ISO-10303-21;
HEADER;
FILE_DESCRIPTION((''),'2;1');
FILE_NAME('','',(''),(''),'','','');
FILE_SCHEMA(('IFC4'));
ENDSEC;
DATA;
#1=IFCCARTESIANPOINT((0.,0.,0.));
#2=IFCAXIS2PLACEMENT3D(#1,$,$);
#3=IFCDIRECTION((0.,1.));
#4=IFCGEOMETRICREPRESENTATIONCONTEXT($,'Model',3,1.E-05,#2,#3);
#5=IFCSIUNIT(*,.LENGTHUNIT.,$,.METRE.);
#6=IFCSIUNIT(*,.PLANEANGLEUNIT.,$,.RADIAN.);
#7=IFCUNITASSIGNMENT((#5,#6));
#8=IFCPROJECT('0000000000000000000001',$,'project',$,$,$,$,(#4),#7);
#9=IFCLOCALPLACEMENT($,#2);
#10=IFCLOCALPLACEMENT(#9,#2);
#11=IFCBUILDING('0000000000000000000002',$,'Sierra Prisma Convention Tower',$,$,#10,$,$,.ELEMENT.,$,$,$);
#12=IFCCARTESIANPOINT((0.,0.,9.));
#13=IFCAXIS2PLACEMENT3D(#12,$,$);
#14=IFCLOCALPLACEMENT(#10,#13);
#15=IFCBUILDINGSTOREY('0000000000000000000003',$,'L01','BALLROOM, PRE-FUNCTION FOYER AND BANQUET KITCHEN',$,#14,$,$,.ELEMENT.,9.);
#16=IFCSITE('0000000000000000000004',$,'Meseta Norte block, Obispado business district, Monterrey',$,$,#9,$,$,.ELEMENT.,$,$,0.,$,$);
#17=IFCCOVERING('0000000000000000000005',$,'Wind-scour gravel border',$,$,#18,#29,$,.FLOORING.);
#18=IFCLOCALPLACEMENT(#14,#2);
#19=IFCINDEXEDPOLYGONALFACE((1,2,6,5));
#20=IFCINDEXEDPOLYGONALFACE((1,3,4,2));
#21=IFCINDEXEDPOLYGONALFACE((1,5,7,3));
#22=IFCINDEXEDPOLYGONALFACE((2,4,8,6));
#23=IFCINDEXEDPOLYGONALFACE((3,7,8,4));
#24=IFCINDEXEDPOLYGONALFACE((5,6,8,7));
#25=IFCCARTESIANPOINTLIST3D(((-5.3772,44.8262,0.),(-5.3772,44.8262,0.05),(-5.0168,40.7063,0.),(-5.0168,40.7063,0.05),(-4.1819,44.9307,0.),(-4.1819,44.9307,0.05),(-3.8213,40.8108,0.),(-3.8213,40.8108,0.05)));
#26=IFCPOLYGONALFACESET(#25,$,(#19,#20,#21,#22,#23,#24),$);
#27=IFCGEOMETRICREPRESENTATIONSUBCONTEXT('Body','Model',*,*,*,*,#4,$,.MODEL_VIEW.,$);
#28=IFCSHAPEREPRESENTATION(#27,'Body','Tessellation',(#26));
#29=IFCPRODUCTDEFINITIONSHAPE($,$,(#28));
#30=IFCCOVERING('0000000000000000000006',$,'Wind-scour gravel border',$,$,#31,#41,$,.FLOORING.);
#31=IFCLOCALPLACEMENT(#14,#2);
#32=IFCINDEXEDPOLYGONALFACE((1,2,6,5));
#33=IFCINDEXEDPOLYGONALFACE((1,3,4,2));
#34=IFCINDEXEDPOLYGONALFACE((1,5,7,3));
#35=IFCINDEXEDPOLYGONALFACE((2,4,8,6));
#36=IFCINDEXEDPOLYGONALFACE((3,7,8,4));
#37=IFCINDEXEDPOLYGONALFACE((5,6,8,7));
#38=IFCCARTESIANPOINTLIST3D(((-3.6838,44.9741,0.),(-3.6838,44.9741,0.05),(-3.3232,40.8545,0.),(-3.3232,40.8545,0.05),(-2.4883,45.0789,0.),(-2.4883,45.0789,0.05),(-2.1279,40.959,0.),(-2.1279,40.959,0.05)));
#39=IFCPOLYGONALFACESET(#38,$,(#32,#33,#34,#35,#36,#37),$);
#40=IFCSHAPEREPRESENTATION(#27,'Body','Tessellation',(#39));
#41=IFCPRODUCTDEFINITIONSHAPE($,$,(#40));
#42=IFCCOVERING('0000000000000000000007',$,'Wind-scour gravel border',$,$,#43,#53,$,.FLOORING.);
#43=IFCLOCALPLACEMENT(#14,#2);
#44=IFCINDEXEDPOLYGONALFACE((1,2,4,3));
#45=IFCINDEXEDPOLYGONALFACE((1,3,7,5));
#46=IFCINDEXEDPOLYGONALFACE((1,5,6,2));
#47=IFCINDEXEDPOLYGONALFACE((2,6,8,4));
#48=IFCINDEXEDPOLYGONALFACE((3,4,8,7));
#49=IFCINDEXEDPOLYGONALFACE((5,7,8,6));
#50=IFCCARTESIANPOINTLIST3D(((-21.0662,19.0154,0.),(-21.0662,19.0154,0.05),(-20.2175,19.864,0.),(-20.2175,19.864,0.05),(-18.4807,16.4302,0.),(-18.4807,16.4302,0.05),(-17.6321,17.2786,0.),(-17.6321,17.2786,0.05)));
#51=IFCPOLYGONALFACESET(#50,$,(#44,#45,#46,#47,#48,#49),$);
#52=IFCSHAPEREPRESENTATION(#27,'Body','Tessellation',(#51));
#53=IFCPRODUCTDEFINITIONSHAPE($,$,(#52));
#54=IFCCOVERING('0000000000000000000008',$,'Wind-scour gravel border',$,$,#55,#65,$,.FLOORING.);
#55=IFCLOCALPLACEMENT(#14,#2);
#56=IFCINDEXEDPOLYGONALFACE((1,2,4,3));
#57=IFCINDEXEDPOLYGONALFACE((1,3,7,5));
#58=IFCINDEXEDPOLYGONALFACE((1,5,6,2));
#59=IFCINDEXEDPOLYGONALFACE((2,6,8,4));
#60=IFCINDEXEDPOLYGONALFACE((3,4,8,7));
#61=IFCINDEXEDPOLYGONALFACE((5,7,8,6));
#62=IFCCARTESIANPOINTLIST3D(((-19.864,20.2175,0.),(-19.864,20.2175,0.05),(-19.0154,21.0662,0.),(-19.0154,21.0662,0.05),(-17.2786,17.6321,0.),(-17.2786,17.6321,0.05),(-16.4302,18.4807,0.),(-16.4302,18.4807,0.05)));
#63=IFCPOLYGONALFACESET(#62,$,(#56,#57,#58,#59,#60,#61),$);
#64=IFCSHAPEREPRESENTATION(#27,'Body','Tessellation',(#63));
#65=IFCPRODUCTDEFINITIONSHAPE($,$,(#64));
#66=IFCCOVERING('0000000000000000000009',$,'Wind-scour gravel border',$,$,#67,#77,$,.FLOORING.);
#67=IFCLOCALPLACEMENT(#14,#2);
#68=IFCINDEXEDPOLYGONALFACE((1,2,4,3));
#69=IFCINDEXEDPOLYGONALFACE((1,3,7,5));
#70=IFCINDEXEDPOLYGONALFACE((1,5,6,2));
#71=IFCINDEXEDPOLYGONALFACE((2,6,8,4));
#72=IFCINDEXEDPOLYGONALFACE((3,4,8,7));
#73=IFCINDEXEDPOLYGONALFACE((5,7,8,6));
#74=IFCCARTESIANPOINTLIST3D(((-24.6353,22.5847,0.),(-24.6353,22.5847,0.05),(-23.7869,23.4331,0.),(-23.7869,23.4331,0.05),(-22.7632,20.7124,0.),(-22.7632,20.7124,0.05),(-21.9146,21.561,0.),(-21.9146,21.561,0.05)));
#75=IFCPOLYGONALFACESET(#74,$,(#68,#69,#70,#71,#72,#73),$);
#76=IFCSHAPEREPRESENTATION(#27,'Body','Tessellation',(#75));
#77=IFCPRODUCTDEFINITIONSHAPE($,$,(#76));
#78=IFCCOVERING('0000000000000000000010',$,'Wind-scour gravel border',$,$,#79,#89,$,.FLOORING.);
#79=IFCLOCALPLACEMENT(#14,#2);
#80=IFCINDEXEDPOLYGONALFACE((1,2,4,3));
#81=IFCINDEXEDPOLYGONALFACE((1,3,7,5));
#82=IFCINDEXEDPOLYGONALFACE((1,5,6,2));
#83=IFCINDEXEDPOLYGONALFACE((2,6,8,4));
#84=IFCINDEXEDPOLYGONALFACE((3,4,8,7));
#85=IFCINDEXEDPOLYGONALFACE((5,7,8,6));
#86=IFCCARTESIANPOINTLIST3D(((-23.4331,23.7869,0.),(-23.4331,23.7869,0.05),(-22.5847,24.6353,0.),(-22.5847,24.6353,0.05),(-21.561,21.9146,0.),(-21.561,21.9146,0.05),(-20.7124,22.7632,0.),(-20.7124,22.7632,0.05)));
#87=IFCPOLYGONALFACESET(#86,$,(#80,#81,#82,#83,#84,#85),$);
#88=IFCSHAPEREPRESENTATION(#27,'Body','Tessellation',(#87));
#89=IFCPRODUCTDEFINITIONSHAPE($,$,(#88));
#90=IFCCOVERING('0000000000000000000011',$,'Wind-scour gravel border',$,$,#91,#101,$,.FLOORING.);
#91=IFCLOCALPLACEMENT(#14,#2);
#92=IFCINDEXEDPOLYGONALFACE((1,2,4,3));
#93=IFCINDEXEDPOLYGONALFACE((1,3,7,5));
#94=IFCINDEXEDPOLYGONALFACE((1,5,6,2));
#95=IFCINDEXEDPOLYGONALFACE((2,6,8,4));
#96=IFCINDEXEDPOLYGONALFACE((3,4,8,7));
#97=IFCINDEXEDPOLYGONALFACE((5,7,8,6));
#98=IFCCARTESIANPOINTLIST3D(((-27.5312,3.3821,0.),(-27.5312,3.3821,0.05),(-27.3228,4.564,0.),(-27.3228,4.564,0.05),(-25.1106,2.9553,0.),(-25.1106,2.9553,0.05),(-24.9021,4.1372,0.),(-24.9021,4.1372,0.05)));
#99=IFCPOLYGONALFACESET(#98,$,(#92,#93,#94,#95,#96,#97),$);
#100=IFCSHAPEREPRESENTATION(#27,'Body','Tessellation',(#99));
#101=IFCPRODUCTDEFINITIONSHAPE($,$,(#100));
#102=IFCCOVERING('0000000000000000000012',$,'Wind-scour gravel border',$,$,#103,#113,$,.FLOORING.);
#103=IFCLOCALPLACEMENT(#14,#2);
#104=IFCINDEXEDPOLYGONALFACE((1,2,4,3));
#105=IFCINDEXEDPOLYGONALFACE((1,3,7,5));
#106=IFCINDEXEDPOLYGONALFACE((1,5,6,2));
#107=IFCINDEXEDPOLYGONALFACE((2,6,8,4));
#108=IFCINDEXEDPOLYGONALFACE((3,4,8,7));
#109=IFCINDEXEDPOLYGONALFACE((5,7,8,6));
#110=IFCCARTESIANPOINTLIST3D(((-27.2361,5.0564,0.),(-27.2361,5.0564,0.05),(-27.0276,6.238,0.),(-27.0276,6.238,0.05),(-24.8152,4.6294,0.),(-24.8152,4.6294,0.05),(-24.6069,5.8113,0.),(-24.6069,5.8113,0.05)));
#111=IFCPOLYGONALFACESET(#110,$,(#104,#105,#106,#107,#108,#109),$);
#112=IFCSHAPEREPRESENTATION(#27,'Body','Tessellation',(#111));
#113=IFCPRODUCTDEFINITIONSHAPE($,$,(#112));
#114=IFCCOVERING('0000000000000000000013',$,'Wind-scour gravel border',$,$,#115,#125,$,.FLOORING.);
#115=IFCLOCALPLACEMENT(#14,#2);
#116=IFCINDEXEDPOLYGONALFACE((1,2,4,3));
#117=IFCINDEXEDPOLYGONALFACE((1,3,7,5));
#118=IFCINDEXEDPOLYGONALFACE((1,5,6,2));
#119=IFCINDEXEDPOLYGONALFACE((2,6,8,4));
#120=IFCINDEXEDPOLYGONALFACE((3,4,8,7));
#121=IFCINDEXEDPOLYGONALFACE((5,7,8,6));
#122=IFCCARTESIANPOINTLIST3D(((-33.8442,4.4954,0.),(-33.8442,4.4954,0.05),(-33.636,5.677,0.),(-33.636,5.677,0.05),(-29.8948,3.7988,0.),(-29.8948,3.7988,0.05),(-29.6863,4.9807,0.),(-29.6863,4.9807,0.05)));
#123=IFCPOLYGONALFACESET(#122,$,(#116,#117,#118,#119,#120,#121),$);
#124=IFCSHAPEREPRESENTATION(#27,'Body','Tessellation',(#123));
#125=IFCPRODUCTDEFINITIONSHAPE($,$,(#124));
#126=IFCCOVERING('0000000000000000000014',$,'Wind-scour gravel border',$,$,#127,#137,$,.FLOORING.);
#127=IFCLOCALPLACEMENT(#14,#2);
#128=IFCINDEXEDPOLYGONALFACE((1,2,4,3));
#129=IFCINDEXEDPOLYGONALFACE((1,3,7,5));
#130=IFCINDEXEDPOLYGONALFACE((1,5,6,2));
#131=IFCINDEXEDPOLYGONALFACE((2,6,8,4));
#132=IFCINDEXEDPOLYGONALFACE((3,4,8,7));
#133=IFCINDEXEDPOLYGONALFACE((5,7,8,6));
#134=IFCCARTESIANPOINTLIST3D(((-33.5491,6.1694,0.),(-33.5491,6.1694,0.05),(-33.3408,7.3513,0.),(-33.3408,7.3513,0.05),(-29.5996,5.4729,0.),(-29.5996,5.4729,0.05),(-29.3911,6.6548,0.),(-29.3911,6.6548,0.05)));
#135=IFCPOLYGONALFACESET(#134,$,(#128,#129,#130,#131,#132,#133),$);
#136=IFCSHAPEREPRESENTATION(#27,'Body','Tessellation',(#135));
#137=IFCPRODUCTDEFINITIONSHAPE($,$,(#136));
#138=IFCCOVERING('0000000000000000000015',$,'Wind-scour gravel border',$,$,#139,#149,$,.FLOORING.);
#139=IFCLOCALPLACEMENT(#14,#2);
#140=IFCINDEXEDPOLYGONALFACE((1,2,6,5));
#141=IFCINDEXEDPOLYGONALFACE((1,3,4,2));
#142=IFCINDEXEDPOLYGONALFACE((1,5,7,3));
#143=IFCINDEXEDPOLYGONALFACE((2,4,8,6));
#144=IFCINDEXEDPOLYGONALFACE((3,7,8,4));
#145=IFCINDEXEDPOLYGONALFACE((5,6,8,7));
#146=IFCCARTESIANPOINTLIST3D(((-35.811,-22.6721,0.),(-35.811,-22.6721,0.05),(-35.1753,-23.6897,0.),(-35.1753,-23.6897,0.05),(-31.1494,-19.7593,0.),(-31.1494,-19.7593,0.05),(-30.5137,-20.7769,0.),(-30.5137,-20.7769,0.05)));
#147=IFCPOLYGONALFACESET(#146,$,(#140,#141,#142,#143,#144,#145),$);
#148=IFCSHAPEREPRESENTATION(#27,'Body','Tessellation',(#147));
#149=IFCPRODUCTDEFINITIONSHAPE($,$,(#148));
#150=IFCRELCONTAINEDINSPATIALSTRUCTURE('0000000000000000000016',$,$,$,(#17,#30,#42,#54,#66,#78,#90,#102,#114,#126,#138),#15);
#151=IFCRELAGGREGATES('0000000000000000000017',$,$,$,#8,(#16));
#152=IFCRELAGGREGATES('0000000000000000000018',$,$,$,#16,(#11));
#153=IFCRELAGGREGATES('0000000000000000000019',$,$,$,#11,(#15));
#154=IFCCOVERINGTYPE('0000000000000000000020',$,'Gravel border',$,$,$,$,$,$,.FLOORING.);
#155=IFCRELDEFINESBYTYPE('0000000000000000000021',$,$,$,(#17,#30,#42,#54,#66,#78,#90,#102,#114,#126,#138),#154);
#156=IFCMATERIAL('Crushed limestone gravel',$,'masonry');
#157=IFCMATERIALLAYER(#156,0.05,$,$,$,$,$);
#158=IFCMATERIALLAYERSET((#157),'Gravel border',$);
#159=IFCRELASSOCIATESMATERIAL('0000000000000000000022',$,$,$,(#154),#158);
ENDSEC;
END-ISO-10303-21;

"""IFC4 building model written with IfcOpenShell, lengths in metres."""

from ifc_helpers import new_model, si_unit, direction, frame, origin, place, context, subcontext, project, spatial, polyline, outline, extrude, material, layer, layer_set, type_object, element, save


model = new_model("IFC4")

# Units and contexts
model_context = context("Model", 3, precision=1e-05, world=origin(), true_north=direction((0.0, 1.0)))
body_context = subcontext(model_context, "Body", "Model", "MODEL_VIEW")
ifc_project = project(units=[si_unit("LENGTHUNIT", "METRE"), si_unit("PLANEANGLEUNIT", "RADIAN")], contexts=[model_context])

# Site, building, storey
site_placement = place(None, origin())
site = spatial("IfcSite", under=ifc_project, at=site_placement, Name="Meseta Norte block, Obispado business district, Monterrey", CompositionType="ELEMENT", RefElevation=0.0)
building_placement = place(site_placement, origin())
building = spatial("IfcBuilding", under=site, at=building_placement, Name="Sierra Prisma Convention Tower", CompositionType="ELEMENT")
storey_placement = place(building_placement, frame((0.0, 0.0, 9.0)))
storey = spatial("IfcBuildingStorey", under=building, at=storey_placement, Name="L01", Description="BALLROOM, PRE-FUNCTION FOYER AND BANQUET KITCHEN", CompositionType="ELEMENT", Elevation=9.0)

# Coverings
ifc_material_1 = material(Name="Crushed limestone gravel", Category="masonry")
ifc_layer_1 = layer(ifc_material_1, 0.05)
ifc_layer_set_1 = layer_set([ifc_layer_1], Name="Gravel border")
covering_type_1 = type_object("IfcCoveringType", Name="Gravel border", PredefinedType="FLOORING", material=ifc_layer_set_1)
covering_1_placement = place(storey_placement, origin())
element("IfcCovering", 1, at=covering_1_placement, inside=storey, type_object=covering_type_1, Name="Wind-scour gravel border", PredefinedType="FLOORING", context=body_context, shape_type="SweptSolid", body=[
    extrude(outline(polyline([(-3.8213, 40.8108), (-4.1819, 44.9307), (-5.3772, 44.8262), (-5.0168, 40.7063), (-3.8213, 40.8108)])), origin(), (0.0, 0.0, 1.0), 0.05),
])
covering_2_placement = place(storey_placement, origin())
element("IfcCovering", 2, at=covering_2_placement, inside=storey, type_object=covering_type_1, Name="Wind-scour gravel border", PredefinedType="FLOORING", context=body_context, shape_type="SweptSolid", body=[
    extrude(outline(polyline([(-3.3232, 40.8545), (-3.6838, 44.9741), (-2.4883, 45.0789), (-2.1279, 40.959), (-3.3232, 40.8545)])), origin(), (0.0, 0.0, 1.0), 0.05),
])
covering_3_placement = place(storey_placement, origin())
element("IfcCovering", 3, at=covering_3_placement, inside=storey, type_object=covering_type_1, Name="Wind-scour gravel border", PredefinedType="FLOORING", context=body_context, shape_type="SweptSolid", body=[
    extrude(outline(polyline([(-17.6321, 17.2786), (-20.2175, 19.864), (-21.0662, 19.0154), (-18.4807, 16.4302), (-17.6321, 17.2786)])), origin(), (0.0, 0.0, 1.0), 0.05),
])
covering_4_placement = place(storey_placement, origin())
element("IfcCovering", 4, at=covering_4_placement, inside=storey, type_object=covering_type_1, Name="Wind-scour gravel border", PredefinedType="FLOORING", context=body_context, shape_type="SweptSolid", body=[
    extrude(outline(polyline([(-17.2786, 17.6321), (-19.864, 20.2175), (-19.0154, 21.0662), (-16.4302, 18.4807), (-17.2786, 17.6321)])), origin(), (0.0, 0.0, 1.0), 0.05),
])
covering_5_placement = place(storey_placement, origin())
element("IfcCovering", 5, at=covering_5_placement, inside=storey, type_object=covering_type_1, Name="Wind-scour gravel border", PredefinedType="FLOORING", context=body_context, shape_type="SweptSolid", body=[
    extrude(outline(polyline([(-21.9146, 21.561), (-23.7869, 23.4331), (-24.6353, 22.5847), (-22.7632, 20.7124), (-21.9146, 21.561)])), origin(), (0.0, 0.0, 1.0), 0.05),
])
covering_6_placement = place(storey_placement, origin())
element("IfcCovering", 6, at=covering_6_placement, inside=storey, type_object=covering_type_1, Name="Wind-scour gravel border", PredefinedType="FLOORING", context=body_context, shape_type="SweptSolid", body=[
    extrude(outline(polyline([(-21.561, 21.9146), (-23.4331, 23.7869), (-22.5847, 24.6353), (-20.7124, 22.7632), (-21.561, 21.9146)])), origin(), (0.0, 0.0, 1.0), 0.05),
])
covering_7_placement = place(storey_placement, origin())
element("IfcCovering", 7, at=covering_7_placement, inside=storey, type_object=covering_type_1, Name="Wind-scour gravel border", PredefinedType="FLOORING", context=body_context, shape_type="SweptSolid", body=[
    extrude(outline(polyline([(-24.9021, 4.1372), (-27.3228, 4.564), (-27.5312, 3.3821), (-25.1106, 2.9553), (-24.9021, 4.1372)])), origin(), (0.0, 0.0, 1.0), 0.05),
])
covering_8_placement = place(storey_placement, origin())
element("IfcCovering", 8, at=covering_8_placement, inside=storey, type_object=covering_type_1, Name="Wind-scour gravel border", PredefinedType="FLOORING", context=body_context, shape_type="SweptSolid", body=[
    extrude(outline(polyline([(-24.8152, 4.6294), (-27.2361, 5.0564), (-27.0276, 6.238), (-24.6069, 5.8113), (-24.8152, 4.6294)])), origin(), (0.0, 0.0, 1.0), 0.05),
])
covering_9_placement = place(storey_placement, origin())
element("IfcCovering", 9, at=covering_9_placement, inside=storey, type_object=covering_type_1, Name="Wind-scour gravel border", PredefinedType="FLOORING", context=body_context, shape_type="SweptSolid", body=[
    extrude(outline(polyline([(-29.6863, 4.9807), (-33.636, 5.677), (-33.8442, 4.4954), (-29.8948, 3.7988), (-29.6863, 4.9807)])), origin(), (0.0, 0.0, 1.0), 0.05),
])
covering_10_placement = place(storey_placement, origin())
element("IfcCovering", 10, at=covering_10_placement, inside=storey, type_object=covering_type_1, Name="Wind-scour gravel border", PredefinedType="FLOORING", context=body_context, shape_type="SweptSolid", body=[
    extrude(outline(polyline([(-29.5996, 5.4729), (-33.5491, 6.1694), (-33.3408, 7.3513), (-29.3911, 6.6548), (-29.5996, 5.4729)])), origin(), (0.0, 0.0, 1.0), 0.05),
])
covering_11_placement = place(storey_placement, origin())
element("IfcCovering", 11, at=covering_11_placement, inside=storey, type_object=covering_type_1, Name="Wind-scour gravel border", PredefinedType="FLOORING", context=body_context, shape_type="SweptSolid", body=[
    extrude(outline(polyline([(-31.1494, -19.7593), (-35.811, -22.6721), (-35.1753, -23.6897), (-30.5137, -20.7769), (-31.1494, -19.7593)])), origin(), (0.0, 0.0, 1.0), 0.05),
])

save(model, "model.ifc")
